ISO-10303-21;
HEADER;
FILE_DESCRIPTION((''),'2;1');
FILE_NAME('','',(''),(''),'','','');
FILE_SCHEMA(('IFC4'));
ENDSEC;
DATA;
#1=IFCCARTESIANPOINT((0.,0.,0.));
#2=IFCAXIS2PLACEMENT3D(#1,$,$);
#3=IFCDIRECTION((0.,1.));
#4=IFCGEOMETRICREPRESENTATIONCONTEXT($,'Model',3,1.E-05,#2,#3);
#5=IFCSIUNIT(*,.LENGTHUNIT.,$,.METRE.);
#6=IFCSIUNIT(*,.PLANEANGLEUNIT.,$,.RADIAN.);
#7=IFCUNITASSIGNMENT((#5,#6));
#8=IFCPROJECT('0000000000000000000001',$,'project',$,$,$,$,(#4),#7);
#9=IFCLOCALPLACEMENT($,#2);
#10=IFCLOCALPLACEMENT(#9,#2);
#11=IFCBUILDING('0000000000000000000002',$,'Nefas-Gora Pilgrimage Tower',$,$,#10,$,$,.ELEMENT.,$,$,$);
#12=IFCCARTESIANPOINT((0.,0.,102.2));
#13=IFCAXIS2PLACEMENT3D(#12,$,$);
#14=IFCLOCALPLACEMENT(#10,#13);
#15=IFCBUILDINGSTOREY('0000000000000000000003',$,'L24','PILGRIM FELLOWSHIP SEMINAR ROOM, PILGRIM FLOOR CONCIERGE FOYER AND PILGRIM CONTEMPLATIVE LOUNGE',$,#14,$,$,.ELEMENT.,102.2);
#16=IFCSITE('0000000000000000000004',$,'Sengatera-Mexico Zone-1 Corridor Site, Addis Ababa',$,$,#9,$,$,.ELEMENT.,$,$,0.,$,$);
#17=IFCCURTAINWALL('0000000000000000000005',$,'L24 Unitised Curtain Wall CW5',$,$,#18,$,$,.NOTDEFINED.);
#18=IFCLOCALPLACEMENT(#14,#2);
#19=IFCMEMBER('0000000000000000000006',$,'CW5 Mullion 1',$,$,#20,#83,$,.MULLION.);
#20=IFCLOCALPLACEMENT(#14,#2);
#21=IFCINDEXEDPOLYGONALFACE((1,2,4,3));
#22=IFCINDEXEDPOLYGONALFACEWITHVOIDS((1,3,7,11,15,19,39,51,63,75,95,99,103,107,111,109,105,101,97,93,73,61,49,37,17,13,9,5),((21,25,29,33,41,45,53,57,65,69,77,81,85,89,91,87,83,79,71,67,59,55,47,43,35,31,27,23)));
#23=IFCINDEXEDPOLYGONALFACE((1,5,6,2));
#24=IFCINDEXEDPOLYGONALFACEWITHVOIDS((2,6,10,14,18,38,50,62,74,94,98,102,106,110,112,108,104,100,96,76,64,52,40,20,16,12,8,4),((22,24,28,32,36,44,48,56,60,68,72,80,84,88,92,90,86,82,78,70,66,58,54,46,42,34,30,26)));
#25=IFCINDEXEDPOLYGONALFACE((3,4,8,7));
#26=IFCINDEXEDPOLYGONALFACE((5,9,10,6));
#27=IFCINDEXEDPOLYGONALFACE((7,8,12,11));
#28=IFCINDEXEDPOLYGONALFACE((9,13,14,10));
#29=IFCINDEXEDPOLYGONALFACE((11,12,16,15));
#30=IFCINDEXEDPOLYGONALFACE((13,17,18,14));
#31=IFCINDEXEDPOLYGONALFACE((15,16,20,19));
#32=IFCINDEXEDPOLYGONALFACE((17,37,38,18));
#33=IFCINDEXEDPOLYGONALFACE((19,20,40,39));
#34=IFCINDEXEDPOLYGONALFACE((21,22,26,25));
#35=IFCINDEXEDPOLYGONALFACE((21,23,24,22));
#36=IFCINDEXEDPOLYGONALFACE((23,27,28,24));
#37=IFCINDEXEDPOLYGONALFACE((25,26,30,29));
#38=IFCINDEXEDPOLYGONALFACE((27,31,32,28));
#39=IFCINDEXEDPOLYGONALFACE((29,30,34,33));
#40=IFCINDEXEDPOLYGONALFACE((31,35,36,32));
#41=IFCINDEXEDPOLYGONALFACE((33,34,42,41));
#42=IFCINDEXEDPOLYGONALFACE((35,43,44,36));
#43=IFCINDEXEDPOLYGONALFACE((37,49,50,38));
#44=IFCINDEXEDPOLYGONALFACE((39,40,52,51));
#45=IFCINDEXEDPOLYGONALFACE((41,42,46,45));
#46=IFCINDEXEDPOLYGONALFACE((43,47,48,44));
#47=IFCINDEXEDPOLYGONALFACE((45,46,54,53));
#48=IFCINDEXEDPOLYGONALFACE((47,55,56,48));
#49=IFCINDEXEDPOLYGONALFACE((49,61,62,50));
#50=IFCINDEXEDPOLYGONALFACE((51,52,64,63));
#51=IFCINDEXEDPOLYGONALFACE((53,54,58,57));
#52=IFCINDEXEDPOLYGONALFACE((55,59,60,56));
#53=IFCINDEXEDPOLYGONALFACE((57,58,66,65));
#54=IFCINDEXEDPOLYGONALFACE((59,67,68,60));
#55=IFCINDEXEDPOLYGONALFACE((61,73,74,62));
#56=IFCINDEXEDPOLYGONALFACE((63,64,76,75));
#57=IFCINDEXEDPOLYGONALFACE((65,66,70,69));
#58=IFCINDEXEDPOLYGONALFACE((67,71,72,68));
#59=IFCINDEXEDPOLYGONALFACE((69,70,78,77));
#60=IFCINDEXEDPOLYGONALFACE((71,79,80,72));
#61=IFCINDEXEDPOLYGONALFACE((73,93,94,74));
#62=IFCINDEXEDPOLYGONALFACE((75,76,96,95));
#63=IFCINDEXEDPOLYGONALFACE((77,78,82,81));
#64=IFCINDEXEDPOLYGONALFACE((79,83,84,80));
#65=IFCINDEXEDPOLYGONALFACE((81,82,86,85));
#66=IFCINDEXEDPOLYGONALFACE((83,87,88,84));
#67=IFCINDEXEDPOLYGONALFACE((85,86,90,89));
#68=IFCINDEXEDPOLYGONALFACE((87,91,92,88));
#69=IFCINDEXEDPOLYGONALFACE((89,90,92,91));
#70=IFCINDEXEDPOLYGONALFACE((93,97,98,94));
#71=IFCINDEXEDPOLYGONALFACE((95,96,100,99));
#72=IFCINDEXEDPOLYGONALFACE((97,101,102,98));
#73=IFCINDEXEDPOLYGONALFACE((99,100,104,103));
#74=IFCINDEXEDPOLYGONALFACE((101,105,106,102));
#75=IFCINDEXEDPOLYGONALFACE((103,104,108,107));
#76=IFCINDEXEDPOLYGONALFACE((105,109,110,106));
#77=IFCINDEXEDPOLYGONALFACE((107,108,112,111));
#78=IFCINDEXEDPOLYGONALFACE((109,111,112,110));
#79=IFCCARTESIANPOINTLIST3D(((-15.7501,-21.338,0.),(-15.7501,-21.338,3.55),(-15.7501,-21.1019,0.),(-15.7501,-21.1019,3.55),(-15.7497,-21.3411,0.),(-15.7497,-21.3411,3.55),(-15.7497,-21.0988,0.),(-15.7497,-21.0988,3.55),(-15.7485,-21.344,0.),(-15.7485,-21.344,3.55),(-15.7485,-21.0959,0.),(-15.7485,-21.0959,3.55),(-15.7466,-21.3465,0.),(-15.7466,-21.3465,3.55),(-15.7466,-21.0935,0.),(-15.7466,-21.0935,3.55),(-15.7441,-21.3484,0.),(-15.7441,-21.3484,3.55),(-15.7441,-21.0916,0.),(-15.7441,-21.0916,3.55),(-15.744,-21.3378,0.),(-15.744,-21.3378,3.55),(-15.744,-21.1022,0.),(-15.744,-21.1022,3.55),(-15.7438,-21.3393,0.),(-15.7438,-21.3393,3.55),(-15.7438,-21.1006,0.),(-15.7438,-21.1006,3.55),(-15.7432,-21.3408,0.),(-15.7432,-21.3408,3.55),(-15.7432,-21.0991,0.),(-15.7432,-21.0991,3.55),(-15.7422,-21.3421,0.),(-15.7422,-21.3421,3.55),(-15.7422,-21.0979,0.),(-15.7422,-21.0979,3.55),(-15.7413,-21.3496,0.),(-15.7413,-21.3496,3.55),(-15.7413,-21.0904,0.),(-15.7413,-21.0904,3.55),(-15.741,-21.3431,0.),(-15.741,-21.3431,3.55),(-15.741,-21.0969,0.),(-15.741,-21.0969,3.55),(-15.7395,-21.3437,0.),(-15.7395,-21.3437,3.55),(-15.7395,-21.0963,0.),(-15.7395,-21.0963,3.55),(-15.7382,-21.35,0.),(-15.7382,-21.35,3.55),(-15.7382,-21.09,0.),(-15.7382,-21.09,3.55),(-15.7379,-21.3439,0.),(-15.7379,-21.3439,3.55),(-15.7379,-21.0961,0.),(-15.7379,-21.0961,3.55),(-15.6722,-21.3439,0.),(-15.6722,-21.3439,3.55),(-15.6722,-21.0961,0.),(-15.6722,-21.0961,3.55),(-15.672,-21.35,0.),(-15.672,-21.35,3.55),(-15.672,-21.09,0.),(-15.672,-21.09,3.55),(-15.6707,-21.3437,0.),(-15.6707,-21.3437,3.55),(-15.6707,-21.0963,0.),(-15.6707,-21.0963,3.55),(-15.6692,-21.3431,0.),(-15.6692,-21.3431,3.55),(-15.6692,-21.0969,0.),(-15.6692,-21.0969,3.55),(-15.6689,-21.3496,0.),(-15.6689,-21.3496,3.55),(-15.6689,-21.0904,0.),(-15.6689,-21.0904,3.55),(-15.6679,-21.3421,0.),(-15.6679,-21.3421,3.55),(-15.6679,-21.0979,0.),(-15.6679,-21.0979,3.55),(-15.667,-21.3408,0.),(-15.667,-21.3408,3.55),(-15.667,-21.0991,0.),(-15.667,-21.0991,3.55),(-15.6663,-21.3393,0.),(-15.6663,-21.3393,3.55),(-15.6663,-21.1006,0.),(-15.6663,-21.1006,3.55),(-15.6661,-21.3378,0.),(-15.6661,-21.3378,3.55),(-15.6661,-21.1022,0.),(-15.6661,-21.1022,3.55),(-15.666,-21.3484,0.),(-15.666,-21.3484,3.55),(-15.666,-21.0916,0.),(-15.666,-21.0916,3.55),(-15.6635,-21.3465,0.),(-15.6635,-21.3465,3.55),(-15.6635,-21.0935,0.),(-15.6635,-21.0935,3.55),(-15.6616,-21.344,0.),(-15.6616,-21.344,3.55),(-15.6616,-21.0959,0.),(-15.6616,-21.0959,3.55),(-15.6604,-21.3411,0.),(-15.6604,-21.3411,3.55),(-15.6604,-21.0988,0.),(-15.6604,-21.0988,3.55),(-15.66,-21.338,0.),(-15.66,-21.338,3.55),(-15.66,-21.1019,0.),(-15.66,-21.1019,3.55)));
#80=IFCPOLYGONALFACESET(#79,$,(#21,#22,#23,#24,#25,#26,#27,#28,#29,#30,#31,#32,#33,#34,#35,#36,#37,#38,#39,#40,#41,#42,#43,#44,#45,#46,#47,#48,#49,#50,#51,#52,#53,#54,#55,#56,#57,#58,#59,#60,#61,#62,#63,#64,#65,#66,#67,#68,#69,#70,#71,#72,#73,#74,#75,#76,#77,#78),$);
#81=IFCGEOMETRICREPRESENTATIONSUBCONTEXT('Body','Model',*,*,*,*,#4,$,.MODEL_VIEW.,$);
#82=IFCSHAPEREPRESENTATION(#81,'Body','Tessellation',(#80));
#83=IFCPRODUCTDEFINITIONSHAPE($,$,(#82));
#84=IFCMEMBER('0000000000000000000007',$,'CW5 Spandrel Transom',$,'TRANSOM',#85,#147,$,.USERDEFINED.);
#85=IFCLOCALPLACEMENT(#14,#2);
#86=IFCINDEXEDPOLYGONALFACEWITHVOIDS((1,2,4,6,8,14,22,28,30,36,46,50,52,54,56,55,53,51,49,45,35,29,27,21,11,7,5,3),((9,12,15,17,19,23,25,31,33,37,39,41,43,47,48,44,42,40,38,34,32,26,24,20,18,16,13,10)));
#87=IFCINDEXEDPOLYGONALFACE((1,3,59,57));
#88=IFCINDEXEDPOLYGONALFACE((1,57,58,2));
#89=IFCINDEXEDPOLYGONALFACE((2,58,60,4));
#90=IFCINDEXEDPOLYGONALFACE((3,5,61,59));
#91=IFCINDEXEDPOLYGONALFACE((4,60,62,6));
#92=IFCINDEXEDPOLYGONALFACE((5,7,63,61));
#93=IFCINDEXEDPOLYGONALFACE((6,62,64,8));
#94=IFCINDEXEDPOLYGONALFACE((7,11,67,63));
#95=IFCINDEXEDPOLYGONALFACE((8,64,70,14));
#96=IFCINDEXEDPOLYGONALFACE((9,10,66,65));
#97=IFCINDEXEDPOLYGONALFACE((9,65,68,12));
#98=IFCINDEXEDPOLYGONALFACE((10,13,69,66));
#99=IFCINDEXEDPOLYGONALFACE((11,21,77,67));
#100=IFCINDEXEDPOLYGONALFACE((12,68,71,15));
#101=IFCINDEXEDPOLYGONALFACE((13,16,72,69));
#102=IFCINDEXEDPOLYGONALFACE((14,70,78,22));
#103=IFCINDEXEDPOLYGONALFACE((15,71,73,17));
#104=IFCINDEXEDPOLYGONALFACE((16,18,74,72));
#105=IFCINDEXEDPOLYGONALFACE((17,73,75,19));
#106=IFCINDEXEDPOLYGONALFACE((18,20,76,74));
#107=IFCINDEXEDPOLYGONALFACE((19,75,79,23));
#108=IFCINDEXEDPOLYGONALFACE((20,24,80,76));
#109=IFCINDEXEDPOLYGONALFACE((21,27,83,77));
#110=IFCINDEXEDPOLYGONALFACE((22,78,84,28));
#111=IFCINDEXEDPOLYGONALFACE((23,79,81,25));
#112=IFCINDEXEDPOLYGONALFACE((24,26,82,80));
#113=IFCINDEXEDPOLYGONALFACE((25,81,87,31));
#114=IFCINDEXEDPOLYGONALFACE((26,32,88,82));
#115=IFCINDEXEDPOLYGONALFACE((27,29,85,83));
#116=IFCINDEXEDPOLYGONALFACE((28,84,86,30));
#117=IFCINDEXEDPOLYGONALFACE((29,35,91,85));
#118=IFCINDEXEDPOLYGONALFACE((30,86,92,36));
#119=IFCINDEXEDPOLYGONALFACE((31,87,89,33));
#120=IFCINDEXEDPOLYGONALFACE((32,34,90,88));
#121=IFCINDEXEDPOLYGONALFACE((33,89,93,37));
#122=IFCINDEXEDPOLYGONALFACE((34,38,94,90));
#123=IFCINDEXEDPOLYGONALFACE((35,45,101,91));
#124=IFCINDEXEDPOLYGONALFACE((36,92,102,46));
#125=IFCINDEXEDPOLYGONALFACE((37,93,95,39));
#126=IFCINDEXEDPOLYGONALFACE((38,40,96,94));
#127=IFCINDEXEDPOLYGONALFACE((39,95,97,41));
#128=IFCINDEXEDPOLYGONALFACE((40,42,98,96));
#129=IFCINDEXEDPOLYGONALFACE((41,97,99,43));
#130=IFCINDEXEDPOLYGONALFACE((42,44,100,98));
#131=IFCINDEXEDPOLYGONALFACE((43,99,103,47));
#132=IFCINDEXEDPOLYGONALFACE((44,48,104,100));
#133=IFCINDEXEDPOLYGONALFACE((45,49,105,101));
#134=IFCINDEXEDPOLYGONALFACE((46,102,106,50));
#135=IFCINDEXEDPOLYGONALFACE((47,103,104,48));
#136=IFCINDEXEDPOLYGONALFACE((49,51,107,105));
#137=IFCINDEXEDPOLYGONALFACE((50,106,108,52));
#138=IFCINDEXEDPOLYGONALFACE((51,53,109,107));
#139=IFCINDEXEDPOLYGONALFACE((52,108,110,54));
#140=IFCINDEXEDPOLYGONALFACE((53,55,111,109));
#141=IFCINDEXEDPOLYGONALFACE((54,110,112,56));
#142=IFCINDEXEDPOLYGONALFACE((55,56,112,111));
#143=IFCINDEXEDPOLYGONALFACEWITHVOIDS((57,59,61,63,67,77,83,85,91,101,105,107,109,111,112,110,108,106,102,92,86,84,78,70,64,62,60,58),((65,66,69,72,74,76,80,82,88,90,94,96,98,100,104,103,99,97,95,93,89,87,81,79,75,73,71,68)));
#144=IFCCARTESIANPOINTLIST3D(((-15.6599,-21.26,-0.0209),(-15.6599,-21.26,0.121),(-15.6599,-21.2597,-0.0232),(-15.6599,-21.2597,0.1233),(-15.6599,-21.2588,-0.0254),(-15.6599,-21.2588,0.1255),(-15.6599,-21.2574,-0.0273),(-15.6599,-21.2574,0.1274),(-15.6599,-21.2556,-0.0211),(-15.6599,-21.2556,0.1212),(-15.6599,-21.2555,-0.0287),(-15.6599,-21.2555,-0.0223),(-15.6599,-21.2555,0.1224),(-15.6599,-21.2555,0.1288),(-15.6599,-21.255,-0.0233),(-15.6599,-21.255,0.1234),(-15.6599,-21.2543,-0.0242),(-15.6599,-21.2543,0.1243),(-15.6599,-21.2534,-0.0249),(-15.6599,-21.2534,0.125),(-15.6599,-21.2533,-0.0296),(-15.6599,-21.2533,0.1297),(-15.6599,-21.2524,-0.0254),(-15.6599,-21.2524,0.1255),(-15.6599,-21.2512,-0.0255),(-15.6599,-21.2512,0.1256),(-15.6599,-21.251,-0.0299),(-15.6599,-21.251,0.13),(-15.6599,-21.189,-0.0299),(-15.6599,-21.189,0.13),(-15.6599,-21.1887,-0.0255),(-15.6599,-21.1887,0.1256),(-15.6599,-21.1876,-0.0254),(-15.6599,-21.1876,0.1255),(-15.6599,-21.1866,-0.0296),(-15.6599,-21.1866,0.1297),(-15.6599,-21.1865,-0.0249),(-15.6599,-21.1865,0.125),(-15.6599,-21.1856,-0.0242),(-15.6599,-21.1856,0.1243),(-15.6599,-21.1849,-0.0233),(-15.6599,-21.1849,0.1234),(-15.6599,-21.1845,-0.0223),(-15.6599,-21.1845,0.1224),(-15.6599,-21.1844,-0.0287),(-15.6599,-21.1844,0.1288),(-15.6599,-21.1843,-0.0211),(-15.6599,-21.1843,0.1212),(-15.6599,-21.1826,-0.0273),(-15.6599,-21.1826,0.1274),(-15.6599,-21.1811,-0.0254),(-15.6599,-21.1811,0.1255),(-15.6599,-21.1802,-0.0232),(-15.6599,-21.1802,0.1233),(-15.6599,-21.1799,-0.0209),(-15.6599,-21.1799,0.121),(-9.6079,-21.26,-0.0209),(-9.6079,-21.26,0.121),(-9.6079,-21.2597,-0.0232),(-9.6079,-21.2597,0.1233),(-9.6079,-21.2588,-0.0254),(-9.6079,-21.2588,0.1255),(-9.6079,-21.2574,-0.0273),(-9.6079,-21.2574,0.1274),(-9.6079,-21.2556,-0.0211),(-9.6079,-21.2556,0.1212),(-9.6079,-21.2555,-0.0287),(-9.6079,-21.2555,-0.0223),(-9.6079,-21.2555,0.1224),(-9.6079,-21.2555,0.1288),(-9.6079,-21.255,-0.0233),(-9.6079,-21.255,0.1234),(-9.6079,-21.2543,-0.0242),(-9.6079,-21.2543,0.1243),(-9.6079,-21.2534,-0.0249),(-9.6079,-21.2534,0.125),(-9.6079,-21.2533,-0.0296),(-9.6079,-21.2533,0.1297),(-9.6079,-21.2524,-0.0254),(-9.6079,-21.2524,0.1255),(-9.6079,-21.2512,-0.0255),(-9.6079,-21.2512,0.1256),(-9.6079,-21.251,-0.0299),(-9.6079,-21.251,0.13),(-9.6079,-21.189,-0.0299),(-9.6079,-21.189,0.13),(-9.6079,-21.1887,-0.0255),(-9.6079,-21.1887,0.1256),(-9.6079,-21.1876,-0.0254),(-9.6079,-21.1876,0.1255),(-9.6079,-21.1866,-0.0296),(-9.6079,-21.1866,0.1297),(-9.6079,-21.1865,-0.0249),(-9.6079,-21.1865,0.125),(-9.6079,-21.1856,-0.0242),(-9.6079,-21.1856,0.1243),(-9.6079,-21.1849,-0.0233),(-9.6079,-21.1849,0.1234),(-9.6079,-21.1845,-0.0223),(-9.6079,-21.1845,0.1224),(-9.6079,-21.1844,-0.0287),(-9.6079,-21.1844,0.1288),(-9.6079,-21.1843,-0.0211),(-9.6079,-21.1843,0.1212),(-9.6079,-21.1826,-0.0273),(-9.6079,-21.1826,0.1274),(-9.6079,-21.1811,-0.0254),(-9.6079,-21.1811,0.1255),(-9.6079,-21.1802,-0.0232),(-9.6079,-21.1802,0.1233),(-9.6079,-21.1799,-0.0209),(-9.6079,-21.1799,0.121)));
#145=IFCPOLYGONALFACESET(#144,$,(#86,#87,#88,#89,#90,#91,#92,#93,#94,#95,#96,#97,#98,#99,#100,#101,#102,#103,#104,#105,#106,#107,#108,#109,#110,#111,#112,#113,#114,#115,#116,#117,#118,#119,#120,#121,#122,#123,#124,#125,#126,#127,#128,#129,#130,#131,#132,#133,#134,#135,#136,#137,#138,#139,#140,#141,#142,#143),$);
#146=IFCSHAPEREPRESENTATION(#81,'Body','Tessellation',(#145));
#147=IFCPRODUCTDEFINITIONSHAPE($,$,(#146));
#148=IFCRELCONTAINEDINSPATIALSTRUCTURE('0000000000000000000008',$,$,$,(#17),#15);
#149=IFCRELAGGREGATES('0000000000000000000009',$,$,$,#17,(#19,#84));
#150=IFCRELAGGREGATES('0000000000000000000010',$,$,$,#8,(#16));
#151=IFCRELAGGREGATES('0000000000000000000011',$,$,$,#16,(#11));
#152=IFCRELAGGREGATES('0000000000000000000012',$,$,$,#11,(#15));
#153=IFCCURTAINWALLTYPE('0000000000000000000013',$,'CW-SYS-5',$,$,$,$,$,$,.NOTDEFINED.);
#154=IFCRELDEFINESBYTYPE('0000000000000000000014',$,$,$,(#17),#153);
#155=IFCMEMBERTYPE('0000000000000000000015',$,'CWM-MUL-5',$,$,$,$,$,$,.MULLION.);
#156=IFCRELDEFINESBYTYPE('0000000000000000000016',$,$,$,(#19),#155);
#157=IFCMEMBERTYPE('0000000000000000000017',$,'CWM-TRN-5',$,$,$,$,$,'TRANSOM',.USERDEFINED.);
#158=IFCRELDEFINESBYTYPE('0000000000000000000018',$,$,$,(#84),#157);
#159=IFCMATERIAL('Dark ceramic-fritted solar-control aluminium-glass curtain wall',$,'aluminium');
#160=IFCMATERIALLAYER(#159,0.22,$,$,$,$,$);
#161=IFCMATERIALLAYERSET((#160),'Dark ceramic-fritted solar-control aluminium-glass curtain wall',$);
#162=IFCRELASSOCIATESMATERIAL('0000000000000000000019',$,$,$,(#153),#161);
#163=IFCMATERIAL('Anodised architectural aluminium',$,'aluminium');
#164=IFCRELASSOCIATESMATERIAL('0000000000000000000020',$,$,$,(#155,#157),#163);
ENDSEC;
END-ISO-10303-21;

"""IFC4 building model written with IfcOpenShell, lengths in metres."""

from ifc_helpers import new_model, si_unit, direction, frame, origin, origin_2d, place, context, subcontext, project, spatial, hollow_rectangle, extrude, source, transform, mapped, material, layer, layer_set, material_profile, profile_set, type_object, element, aggregate, save


model = new_model("IFC4")

# Units and contexts
model_context = context("Model", 3, precision=1e-05, world=origin(), true_north=direction((0.0, 1.0)))
body_context = subcontext(model_context, "Body", "Model", "MODEL_VIEW")
ifc_project = project(units=[si_unit("LENGTHUNIT", "METRE"), si_unit("PLANEANGLEUNIT", "RADIAN")], contexts=[model_context])

# Site, building, storey
site_placement = place(None, origin())
site = spatial("IfcSite", under=ifc_project, at=site_placement, Name="Sengatera-Mexico Zone-1 Corridor Site, Addis Ababa", CompositionType="ELEMENT", RefElevation=0.0)
building_placement = place(site_placement, origin())
building = spatial("IfcBuilding", under=site, at=building_placement, Name="Nefas-Gora Pilgrimage Tower", CompositionType="ELEMENT")
storey_placement = place(building_placement, frame((0.0, 0.0, 102.2)))
storey = spatial("IfcBuildingStorey", under=building, at=storey_placement, Name="L24", Description="PILGRIM FELLOWSHIP SEMINAR ROOM, PILGRIM FLOOR CONCIERGE FOYER AND PILGRIM CONTEMPLATIVE LOUNGE", CompositionType="ELEMENT", Elevation=102.2)

# Curtain wall, members
ifc_material_1 = material(Name="Dark ceramic-fritted solar-control aluminium-glass curtain wall", Category="aluminium")
ifc_layer_1 = layer(ifc_material_1, 0.22)
ifc_layer_set_1 = layer_set([ifc_layer_1], Name="Dark ceramic-fritted solar-control aluminium-glass curtain wall")
curtain_wall_type_1 = type_object("IfcCurtainWallType", Name="CW-SYS-5", PredefinedType="NOTDEFINED", material=ifc_layer_set_1)
curtain_wall_1_placement = place(storey_placement, origin())
curtain_wall_1 = element("IfcCurtainWall", 1, at=curtain_wall_1_placement, inside=storey, type_object=curtain_wall_type_1, Name="L24 Unitised Curtain Wall CW5", PredefinedType="NOTDEFINED")
ifc_material_2 = material(Name="Anodised architectural aluminium", Category="aluminium")
ifc_material_profile_1 = material_profile(ifc_material_2, hollow_rectangle(XDim=0.0901, YDim=0.26, WallThickness=0.0061, InnerFilletRadius=0.0061, OuterFilletRadius=0.012, at=origin_2d()), Name="ALU MULLION 90x260")
ifc_profile_set_1 = profile_set([ifc_material_profile_1], Name="Anodised architectural aluminium")
member_type_1 = type_object("IfcMemberType", Name="CWM-MUL-5", PredefinedType="MULLION", material=ifc_profile_set_1)
shared_shape_1 = source(origin(), body_context, "Body", "SweptSolid", [
    extrude(hollow_rectangle(XDim=0.0901, YDim=0.26, WallThickness=0.0061, InnerFilletRadius=0.0061, OuterFilletRadius=0.012, at=origin_2d()), origin(), (0.0, 0.0, 1.0), 3.55),
])
member_1_placement = place(storey_placement, frame((-15.7051, -21.22, 0.0), z_axis=(0.0, 0.0, 1.0), x_axis=(1.0, 0.0, 0.0)))
member_1 = element("IfcMember", 2, at=member_1_placement, type_object=member_type_1, Name="CW5 Mullion 1", PredefinedType="MULLION", context=body_context, shape_type="MappedRepresentation", body=[
    mapped(shared_shape_1, transform((0.0, 0.0, 0.0), x_axis=(1.0, 0.0, 0.0), y_axis=(0.0, 1.0, 0.0), z_axis=(0.0, 0.0, 1.0), scale=1.0)),
])
ifc_material_profile_2 = material_profile(ifc_material_2, hollow_rectangle(XDim=0.0801, YDim=0.1599, WallThickness=0.0044, InnerFilletRadius=0.0044, OuterFilletRadius=0.009, at=origin_2d()), Name="ALU TRANSOM 80x160")
ifc_profile_set_2 = profile_set([ifc_material_profile_2], Name="Anodised architectural aluminium")
member_type_2 = type_object("IfcMemberType", Name="CWM-TRN-5", ElementType="TRANSOM", PredefinedType="USERDEFINED", material=ifc_profile_set_2)
shared_shape_2 = source(origin(), body_context, "Body", "SweptSolid", [
    extrude(hollow_rectangle(XDim=0.0801, YDim=0.1599, WallThickness=0.0044, InnerFilletRadius=0.0044, OuterFilletRadius=0.009, at=origin_2d()), origin(), (0.0, 0.0, 1.0), 6.052),
])
member_2_placement = place(storey_placement, frame((-15.6599, -21.22, 0.05), z_axis=(1.0, 0.0, 0.0), x_axis=(0.0, 1.0, 0.0)))
member_2 = element("IfcMember", 3, at=member_2_placement, type_object=member_type_2, Name="CW5 Spandrel Transom", ObjectType="TRANSOM", PredefinedType="USERDEFINED", context=body_context, shape_type="MappedRepresentation", body=[
    mapped(shared_shape_2, transform((0.0, 0.0, 0.0), x_axis=(1.0, 0.0, 0.0), y_axis=(0.0, 1.0, 0.0), z_axis=(0.0, 0.0, 1.0), scale=1.0)),
])
aggregate(curtain_wall_1, [member_1, member_2])

save(model, "model.ifc")
